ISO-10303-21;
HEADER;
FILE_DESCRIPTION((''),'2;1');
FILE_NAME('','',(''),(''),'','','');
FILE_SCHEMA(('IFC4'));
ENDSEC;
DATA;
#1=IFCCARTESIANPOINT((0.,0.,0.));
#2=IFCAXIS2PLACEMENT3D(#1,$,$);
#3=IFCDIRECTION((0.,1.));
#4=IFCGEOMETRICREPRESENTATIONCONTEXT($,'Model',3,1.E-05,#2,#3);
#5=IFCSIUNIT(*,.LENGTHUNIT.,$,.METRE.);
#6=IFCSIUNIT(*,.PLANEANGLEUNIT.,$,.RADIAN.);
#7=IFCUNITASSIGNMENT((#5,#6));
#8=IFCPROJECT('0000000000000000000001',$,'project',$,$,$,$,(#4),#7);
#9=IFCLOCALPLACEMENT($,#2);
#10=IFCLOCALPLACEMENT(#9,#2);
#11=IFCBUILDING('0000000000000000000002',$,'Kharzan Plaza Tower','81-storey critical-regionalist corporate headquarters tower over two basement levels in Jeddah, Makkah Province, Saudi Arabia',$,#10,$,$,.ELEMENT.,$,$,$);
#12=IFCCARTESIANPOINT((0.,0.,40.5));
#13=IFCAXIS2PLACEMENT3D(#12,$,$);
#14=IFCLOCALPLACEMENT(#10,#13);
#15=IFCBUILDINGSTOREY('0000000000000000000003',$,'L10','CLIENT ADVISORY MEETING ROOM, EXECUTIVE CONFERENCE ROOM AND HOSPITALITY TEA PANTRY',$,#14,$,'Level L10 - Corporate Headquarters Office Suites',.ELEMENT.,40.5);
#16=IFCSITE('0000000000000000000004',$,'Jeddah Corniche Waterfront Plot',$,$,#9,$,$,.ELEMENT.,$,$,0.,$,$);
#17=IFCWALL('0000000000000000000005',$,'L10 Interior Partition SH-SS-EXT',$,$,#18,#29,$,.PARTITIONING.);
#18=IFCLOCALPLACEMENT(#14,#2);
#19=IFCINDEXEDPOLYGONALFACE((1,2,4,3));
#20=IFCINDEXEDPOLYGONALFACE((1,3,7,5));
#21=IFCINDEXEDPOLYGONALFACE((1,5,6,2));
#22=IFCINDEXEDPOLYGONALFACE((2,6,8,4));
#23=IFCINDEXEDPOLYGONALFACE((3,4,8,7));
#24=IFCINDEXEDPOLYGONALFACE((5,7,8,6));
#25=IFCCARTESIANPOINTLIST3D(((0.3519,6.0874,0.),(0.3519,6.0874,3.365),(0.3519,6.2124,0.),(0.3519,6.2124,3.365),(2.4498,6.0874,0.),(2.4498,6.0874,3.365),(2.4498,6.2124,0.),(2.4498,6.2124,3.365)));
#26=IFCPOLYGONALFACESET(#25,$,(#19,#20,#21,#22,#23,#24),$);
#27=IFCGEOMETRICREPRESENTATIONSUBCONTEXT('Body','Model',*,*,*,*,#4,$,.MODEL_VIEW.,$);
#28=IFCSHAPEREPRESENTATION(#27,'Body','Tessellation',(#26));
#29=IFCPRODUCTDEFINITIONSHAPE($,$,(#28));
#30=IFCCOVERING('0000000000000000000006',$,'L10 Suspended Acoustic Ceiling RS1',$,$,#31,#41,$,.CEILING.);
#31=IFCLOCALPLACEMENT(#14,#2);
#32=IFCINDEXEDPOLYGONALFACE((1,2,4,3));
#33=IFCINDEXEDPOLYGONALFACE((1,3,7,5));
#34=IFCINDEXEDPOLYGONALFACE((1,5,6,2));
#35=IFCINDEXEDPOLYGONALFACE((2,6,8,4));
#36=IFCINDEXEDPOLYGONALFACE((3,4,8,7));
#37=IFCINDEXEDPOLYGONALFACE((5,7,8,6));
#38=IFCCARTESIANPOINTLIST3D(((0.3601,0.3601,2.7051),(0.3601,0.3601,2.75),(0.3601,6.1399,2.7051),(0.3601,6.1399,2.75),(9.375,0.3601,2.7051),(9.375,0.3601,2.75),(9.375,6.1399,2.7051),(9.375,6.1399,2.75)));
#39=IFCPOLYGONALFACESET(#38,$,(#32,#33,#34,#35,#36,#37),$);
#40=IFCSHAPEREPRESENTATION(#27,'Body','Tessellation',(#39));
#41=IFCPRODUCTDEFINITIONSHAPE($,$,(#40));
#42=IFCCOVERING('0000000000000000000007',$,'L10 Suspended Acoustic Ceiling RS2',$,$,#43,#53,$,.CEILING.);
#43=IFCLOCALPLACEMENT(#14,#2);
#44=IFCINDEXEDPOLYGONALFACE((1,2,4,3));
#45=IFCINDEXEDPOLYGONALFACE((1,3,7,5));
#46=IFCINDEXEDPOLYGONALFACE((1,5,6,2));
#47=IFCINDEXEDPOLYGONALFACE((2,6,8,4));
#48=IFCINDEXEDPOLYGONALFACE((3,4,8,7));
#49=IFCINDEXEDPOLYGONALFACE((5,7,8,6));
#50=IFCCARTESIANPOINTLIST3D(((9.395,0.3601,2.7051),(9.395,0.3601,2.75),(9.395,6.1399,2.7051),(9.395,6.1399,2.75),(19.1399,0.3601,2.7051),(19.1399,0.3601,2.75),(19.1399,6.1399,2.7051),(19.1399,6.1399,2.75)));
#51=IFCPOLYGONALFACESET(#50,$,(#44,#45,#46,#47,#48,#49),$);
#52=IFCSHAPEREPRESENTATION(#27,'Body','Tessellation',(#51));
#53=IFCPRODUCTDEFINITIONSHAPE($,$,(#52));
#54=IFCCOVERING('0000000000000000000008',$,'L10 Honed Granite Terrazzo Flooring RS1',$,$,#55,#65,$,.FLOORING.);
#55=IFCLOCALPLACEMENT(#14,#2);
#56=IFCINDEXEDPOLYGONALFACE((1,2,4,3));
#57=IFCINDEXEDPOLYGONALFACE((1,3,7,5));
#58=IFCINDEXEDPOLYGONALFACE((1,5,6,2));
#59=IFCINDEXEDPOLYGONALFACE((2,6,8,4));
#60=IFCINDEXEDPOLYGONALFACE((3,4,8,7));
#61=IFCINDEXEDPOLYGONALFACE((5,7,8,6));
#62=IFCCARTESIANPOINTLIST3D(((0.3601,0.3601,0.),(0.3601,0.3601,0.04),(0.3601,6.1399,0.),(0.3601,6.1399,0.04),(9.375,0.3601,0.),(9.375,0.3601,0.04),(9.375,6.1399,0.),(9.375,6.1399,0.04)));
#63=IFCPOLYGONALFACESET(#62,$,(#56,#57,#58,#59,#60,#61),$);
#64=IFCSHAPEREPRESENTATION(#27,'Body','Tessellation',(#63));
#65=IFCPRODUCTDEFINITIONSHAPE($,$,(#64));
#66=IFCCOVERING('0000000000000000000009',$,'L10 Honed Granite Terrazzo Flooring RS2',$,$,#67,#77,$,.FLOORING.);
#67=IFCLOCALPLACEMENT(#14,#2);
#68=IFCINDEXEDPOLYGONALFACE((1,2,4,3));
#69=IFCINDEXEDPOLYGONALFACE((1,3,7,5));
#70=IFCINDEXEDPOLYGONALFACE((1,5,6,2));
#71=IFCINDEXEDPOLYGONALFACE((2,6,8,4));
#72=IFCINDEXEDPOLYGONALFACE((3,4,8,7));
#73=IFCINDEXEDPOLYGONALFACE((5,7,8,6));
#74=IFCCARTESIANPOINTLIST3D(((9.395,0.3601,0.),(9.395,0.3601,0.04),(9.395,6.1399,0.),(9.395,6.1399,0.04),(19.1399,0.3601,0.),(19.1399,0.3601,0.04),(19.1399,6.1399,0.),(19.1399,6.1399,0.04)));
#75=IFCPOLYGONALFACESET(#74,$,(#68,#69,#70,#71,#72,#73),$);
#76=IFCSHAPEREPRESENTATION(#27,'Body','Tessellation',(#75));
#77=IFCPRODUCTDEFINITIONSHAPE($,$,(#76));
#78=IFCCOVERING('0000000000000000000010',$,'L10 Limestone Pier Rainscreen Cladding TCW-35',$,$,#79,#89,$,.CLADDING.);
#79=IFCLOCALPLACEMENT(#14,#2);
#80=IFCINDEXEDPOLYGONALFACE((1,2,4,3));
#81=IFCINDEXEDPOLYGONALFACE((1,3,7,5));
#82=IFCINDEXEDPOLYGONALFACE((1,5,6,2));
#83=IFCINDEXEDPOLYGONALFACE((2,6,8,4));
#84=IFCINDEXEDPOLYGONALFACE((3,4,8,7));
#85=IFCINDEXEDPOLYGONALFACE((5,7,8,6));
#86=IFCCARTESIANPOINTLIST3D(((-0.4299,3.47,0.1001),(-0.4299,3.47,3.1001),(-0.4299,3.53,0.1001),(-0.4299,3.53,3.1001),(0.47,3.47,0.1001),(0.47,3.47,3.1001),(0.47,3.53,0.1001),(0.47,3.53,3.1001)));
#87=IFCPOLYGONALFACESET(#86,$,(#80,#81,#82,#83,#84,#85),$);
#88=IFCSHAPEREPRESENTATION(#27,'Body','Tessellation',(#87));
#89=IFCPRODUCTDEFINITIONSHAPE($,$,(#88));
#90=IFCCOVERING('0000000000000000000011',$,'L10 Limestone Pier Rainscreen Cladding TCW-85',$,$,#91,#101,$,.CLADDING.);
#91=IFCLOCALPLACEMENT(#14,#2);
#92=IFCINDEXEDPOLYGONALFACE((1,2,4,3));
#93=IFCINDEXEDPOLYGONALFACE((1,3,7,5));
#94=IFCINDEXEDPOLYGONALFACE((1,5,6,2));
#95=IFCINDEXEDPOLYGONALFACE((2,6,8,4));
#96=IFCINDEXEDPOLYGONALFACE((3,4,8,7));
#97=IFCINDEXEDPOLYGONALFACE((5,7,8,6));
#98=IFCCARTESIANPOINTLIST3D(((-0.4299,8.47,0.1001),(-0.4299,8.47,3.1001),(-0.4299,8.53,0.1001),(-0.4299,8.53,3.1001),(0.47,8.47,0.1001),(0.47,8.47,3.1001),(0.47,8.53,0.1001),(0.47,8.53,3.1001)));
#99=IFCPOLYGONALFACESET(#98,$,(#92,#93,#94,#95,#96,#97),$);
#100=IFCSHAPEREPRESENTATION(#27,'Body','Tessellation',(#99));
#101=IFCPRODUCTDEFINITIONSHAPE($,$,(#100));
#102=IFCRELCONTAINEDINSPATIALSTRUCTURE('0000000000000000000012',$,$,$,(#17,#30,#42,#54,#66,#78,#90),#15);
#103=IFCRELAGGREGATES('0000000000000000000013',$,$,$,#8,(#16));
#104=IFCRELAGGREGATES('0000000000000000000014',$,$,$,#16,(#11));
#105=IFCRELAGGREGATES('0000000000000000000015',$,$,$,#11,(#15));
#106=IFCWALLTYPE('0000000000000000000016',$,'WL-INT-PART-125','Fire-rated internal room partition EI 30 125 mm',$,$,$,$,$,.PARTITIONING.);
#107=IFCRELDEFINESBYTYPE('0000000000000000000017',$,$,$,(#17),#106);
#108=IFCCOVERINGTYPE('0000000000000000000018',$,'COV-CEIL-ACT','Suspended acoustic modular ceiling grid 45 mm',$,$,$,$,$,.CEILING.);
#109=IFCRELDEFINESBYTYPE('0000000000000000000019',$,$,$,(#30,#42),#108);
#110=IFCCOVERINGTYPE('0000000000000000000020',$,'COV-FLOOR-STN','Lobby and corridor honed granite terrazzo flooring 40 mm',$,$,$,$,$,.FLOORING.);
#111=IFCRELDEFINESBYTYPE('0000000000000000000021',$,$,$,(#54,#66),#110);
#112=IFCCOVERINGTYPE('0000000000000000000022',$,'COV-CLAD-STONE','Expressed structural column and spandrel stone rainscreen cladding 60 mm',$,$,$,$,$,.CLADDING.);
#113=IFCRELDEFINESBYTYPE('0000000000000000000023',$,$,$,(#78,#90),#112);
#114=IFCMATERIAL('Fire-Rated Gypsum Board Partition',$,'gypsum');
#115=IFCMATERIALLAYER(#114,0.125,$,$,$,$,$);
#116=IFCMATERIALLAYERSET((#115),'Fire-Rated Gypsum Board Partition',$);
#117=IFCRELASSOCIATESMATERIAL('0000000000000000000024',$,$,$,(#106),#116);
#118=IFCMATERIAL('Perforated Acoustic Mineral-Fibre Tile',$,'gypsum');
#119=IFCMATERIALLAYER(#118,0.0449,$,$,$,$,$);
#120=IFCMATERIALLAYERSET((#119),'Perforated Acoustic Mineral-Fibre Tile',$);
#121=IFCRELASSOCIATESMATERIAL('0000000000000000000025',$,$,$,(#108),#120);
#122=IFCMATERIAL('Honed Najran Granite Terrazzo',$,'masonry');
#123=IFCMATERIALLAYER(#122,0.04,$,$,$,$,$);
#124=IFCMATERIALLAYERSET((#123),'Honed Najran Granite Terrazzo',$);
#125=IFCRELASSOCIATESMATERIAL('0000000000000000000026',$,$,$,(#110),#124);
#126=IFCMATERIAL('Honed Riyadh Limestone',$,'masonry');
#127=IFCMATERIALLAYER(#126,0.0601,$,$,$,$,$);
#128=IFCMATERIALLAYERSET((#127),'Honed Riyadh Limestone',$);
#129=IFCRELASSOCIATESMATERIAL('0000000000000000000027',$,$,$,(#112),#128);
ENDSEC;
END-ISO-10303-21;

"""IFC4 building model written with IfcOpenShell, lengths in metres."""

from ifc_helpers import new_model, si_unit, direction, frame, frame_2d, origin, origin_2d, place, context, subcontext, project, spatial, polyline, rectangle, outline, extrude, source, transform, mapped, material, layer, layer_set, type_object, element, save


model = new_model("IFC4")

# Units and contexts
model_context = context("Model", 3, precision=1e-05, world=origin(), true_north=direction((0.0, 1.0)))
body_context = subcontext(model_context, "Body", "Model", "MODEL_VIEW")
ifc_project = project(units=[si_unit("LENGTHUNIT", "METRE"), si_unit("PLANEANGLEUNIT", "RADIAN")], contexts=[model_context])

# Site, building, storey
site_placement = place(None, origin())
site = spatial("IfcSite", under=ifc_project, at=site_placement, Name="Jeddah Corniche Waterfront Plot", CompositionType="ELEMENT", RefElevation=0.0)
building_placement = place(site_placement, origin())
building = spatial("IfcBuilding", under=site, at=building_placement, Name="Kharzan Plaza Tower", Description="81-storey critical-regionalist corporate headquarters tower over two basement levels in Jeddah, Makkah Province, Saudi Arabia", CompositionType="ELEMENT")
storey_placement = place(building_placement, frame((0.0, 0.0, 40.5)))
storey = spatial("IfcBuildingStorey", under=building, at=storey_placement, Name="L10", Description="CLIENT ADVISORY MEETING ROOM, EXECUTIVE CONFERENCE ROOM AND HOSPITALITY TEA PANTRY", LongName="Level L10 - Corporate Headquarters Office Suites", CompositionType="ELEMENT", Elevation=40.5)

# Shared definitions
ifc_material_1 = material(Name="Fire-Rated Gypsum Board Partition", Category="gypsum")
ifc_layer_1 = layer(ifc_material_1, 0.125)
ifc_layer_set_1 = layer_set([ifc_layer_1], Name="Fire-Rated Gypsum Board Partition")
wall_type_1 = type_object("IfcWallType", Name="WL-INT-PART-125", Description="Fire-rated internal room partition EI 30 125 mm", PredefinedType="PARTITIONING", material=ifc_layer_set_1)

# Wall
shared_shape_1 = source(origin(), body_context, "Body", "SweptSolid", [
    extrude(rectangle(XDim=2.0979, YDim=0.125, at=frame_2d((1.0488, 0.0))), origin(), (0.0, 0.0, 1.0), 3.365),
])
wall_1_placement = place(storey_placement, frame((0.3521, 6.1499, 0.0), z_axis=(0.0, 0.0, 1.0), x_axis=(1.0, 0.0, 0.0)))
element("IfcWall", 1, at=wall_1_placement, inside=storey, type_object=wall_type_1, Name="L10 Interior Partition SH-SS-EXT", PredefinedType="PARTITIONING", context=body_context, shape_type="MappedRepresentation", body=[
    mapped(shared_shape_1, transform((0.0, 0.0, 0.0), x_axis=(1.0, 0.0, 0.0), y_axis=(0.0, 1.0, 0.0), z_axis=(0.0, 0.0, 1.0))),
])

# Coverings
ifc_material_2 = material(Name="Perforated Acoustic Mineral-Fibre Tile", Category="gypsum")
ifc_layer_2 = layer(ifc_material_2, 0.0449)
ifc_layer_set_2 = layer_set([ifc_layer_2], Name="Perforated Acoustic Mineral-Fibre Tile")
covering_type_1 = type_object("IfcCoveringType", Name="COV-CEIL-ACT", Description="Suspended acoustic modular ceiling grid 45 mm", PredefinedType="CEILING", material=ifc_layer_set_2)
covering_1_placement = place(storey_placement, frame((0.0, 0.0, 2.7051)))
element("IfcCovering", 2, at=covering_1_placement, inside=storey, type_object=covering_type_1, Name="L10 Suspended Acoustic Ceiling RS1", PredefinedType="CEILING", context=body_context, shape_type="SweptSolid", body=[
    extrude(outline(polyline([(0.3601, 0.3601), (9.375, 0.3601), (9.375, 6.1399), (0.3601, 6.1399), (0.3601, 0.3601)])), origin(), (0.0, 0.0, 1.0), 0.0449),
])
covering_2_placement = place(storey_placement, frame((0.0, 0.0, 2.7051)))
element("IfcCovering", 3, at=covering_2_placement, inside=storey, type_object=covering_type_1, Name="L10 Suspended Acoustic Ceiling RS2", PredefinedType="CEILING", context=body_context, shape_type="SweptSolid", body=[
    extrude(outline(polyline([(9.395, 0.3601), (19.1399, 0.3601), (19.1399, 6.1399), (9.395, 6.1399), (9.395, 0.3601)])), origin(), (0.0, 0.0, 1.0), 0.0449),
])
ifc_material_3 = material(Name="Honed Najran Granite Terrazzo", Category="masonry")
ifc_layer_3 = layer(ifc_material_3, 0.04)
ifc_layer_set_3 = layer_set([ifc_layer_3], Name="Honed Najran Granite Terrazzo")
covering_type_2 = type_object("IfcCoveringType", Name="COV-FLOOR-STN", Description="Lobby and corridor honed granite terrazzo flooring 40 mm", PredefinedType="FLOORING", material=ifc_layer_set_3)
covering_3_placement = place(storey_placement, origin())
element("IfcCovering", 4, at=covering_3_placement, inside=storey, type_object=covering_type_2, Name="L10 Honed Granite Terrazzo Flooring RS1", PredefinedType="FLOORING", context=body_context, shape_type="SweptSolid", body=[
    extrude(outline(polyline([(0.3601, 0.3601), (9.375, 0.3601), (9.375, 6.1399), (0.3601, 6.1399), (0.3601, 0.3601)])), origin(), (0.0, 0.0, 1.0), 0.04),
])
covering_4_placement = place(storey_placement, origin())
element("IfcCovering", 5, at=covering_4_placement, inside=storey, type_object=covering_type_2, Name="L10 Honed Granite Terrazzo Flooring RS2", PredefinedType="FLOORING", context=body_context, shape_type="SweptSolid", body=[
    extrude(outline(polyline([(9.395, 0.3601), (19.1399, 0.3601), (19.1399, 6.1399), (9.395, 6.1399), (9.395, 0.3601)])), origin(), (0.0, 0.0, 1.0), 0.04),
])
ifc_material_4 = material(Name="Honed Riyadh Limestone", Category="masonry")
ifc_layer_4 = layer(ifc_material_4, 0.0601)
ifc_layer_set_4 = layer_set([ifc_layer_4], Name="Honed Riyadh Limestone")
covering_type_3 = type_object("IfcCoveringType", Name="COV-CLAD-STONE", Description="Expressed structural column and spandrel stone rainscreen cladding 60 mm", PredefinedType="CLADDING", material=ifc_layer_set_4)
shared_shape_2 = source(origin(), body_context, "Body", "SweptSolid", [
    extrude(rectangle(XDim=0.0601, YDim=0.8999, at=origin_2d()), origin(), (0.0, 0.0, 1.0), 3.0),
])
for number, where, z_axis, x_axis, name in (
    (6, (0.02, 3.5, 0.1001), (0.0, 0.0, 1.0), (0.0, 1.0, 0.0), "L10 Limestone Pier Rainscreen Cladding TCW-35"),
    (7, (0.02, 8.5, 0.1001), (0.0, 0.0, 1.0), (0.0, 1.0, 0.0), "L10 Limestone Pier Rainscreen Cladding TCW-85"),
):
    element("IfcCovering", number, at=place(storey_placement, frame(where, z_axis=z_axis, x_axis=x_axis)), inside=storey, type_object=covering_type_3, Name=name, PredefinedType="CLADDING", context=body_context, shape_type="MappedRepresentation", body=[
        mapped(shared_shape_2, transform((0.0, 0.0, 0.0), x_axis=(1.0, 0.0, 0.0), y_axis=(0.0, 1.0, 0.0), z_axis=(0.0, 0.0, 1.0))),
    ])

save(model, "model.ifc")
